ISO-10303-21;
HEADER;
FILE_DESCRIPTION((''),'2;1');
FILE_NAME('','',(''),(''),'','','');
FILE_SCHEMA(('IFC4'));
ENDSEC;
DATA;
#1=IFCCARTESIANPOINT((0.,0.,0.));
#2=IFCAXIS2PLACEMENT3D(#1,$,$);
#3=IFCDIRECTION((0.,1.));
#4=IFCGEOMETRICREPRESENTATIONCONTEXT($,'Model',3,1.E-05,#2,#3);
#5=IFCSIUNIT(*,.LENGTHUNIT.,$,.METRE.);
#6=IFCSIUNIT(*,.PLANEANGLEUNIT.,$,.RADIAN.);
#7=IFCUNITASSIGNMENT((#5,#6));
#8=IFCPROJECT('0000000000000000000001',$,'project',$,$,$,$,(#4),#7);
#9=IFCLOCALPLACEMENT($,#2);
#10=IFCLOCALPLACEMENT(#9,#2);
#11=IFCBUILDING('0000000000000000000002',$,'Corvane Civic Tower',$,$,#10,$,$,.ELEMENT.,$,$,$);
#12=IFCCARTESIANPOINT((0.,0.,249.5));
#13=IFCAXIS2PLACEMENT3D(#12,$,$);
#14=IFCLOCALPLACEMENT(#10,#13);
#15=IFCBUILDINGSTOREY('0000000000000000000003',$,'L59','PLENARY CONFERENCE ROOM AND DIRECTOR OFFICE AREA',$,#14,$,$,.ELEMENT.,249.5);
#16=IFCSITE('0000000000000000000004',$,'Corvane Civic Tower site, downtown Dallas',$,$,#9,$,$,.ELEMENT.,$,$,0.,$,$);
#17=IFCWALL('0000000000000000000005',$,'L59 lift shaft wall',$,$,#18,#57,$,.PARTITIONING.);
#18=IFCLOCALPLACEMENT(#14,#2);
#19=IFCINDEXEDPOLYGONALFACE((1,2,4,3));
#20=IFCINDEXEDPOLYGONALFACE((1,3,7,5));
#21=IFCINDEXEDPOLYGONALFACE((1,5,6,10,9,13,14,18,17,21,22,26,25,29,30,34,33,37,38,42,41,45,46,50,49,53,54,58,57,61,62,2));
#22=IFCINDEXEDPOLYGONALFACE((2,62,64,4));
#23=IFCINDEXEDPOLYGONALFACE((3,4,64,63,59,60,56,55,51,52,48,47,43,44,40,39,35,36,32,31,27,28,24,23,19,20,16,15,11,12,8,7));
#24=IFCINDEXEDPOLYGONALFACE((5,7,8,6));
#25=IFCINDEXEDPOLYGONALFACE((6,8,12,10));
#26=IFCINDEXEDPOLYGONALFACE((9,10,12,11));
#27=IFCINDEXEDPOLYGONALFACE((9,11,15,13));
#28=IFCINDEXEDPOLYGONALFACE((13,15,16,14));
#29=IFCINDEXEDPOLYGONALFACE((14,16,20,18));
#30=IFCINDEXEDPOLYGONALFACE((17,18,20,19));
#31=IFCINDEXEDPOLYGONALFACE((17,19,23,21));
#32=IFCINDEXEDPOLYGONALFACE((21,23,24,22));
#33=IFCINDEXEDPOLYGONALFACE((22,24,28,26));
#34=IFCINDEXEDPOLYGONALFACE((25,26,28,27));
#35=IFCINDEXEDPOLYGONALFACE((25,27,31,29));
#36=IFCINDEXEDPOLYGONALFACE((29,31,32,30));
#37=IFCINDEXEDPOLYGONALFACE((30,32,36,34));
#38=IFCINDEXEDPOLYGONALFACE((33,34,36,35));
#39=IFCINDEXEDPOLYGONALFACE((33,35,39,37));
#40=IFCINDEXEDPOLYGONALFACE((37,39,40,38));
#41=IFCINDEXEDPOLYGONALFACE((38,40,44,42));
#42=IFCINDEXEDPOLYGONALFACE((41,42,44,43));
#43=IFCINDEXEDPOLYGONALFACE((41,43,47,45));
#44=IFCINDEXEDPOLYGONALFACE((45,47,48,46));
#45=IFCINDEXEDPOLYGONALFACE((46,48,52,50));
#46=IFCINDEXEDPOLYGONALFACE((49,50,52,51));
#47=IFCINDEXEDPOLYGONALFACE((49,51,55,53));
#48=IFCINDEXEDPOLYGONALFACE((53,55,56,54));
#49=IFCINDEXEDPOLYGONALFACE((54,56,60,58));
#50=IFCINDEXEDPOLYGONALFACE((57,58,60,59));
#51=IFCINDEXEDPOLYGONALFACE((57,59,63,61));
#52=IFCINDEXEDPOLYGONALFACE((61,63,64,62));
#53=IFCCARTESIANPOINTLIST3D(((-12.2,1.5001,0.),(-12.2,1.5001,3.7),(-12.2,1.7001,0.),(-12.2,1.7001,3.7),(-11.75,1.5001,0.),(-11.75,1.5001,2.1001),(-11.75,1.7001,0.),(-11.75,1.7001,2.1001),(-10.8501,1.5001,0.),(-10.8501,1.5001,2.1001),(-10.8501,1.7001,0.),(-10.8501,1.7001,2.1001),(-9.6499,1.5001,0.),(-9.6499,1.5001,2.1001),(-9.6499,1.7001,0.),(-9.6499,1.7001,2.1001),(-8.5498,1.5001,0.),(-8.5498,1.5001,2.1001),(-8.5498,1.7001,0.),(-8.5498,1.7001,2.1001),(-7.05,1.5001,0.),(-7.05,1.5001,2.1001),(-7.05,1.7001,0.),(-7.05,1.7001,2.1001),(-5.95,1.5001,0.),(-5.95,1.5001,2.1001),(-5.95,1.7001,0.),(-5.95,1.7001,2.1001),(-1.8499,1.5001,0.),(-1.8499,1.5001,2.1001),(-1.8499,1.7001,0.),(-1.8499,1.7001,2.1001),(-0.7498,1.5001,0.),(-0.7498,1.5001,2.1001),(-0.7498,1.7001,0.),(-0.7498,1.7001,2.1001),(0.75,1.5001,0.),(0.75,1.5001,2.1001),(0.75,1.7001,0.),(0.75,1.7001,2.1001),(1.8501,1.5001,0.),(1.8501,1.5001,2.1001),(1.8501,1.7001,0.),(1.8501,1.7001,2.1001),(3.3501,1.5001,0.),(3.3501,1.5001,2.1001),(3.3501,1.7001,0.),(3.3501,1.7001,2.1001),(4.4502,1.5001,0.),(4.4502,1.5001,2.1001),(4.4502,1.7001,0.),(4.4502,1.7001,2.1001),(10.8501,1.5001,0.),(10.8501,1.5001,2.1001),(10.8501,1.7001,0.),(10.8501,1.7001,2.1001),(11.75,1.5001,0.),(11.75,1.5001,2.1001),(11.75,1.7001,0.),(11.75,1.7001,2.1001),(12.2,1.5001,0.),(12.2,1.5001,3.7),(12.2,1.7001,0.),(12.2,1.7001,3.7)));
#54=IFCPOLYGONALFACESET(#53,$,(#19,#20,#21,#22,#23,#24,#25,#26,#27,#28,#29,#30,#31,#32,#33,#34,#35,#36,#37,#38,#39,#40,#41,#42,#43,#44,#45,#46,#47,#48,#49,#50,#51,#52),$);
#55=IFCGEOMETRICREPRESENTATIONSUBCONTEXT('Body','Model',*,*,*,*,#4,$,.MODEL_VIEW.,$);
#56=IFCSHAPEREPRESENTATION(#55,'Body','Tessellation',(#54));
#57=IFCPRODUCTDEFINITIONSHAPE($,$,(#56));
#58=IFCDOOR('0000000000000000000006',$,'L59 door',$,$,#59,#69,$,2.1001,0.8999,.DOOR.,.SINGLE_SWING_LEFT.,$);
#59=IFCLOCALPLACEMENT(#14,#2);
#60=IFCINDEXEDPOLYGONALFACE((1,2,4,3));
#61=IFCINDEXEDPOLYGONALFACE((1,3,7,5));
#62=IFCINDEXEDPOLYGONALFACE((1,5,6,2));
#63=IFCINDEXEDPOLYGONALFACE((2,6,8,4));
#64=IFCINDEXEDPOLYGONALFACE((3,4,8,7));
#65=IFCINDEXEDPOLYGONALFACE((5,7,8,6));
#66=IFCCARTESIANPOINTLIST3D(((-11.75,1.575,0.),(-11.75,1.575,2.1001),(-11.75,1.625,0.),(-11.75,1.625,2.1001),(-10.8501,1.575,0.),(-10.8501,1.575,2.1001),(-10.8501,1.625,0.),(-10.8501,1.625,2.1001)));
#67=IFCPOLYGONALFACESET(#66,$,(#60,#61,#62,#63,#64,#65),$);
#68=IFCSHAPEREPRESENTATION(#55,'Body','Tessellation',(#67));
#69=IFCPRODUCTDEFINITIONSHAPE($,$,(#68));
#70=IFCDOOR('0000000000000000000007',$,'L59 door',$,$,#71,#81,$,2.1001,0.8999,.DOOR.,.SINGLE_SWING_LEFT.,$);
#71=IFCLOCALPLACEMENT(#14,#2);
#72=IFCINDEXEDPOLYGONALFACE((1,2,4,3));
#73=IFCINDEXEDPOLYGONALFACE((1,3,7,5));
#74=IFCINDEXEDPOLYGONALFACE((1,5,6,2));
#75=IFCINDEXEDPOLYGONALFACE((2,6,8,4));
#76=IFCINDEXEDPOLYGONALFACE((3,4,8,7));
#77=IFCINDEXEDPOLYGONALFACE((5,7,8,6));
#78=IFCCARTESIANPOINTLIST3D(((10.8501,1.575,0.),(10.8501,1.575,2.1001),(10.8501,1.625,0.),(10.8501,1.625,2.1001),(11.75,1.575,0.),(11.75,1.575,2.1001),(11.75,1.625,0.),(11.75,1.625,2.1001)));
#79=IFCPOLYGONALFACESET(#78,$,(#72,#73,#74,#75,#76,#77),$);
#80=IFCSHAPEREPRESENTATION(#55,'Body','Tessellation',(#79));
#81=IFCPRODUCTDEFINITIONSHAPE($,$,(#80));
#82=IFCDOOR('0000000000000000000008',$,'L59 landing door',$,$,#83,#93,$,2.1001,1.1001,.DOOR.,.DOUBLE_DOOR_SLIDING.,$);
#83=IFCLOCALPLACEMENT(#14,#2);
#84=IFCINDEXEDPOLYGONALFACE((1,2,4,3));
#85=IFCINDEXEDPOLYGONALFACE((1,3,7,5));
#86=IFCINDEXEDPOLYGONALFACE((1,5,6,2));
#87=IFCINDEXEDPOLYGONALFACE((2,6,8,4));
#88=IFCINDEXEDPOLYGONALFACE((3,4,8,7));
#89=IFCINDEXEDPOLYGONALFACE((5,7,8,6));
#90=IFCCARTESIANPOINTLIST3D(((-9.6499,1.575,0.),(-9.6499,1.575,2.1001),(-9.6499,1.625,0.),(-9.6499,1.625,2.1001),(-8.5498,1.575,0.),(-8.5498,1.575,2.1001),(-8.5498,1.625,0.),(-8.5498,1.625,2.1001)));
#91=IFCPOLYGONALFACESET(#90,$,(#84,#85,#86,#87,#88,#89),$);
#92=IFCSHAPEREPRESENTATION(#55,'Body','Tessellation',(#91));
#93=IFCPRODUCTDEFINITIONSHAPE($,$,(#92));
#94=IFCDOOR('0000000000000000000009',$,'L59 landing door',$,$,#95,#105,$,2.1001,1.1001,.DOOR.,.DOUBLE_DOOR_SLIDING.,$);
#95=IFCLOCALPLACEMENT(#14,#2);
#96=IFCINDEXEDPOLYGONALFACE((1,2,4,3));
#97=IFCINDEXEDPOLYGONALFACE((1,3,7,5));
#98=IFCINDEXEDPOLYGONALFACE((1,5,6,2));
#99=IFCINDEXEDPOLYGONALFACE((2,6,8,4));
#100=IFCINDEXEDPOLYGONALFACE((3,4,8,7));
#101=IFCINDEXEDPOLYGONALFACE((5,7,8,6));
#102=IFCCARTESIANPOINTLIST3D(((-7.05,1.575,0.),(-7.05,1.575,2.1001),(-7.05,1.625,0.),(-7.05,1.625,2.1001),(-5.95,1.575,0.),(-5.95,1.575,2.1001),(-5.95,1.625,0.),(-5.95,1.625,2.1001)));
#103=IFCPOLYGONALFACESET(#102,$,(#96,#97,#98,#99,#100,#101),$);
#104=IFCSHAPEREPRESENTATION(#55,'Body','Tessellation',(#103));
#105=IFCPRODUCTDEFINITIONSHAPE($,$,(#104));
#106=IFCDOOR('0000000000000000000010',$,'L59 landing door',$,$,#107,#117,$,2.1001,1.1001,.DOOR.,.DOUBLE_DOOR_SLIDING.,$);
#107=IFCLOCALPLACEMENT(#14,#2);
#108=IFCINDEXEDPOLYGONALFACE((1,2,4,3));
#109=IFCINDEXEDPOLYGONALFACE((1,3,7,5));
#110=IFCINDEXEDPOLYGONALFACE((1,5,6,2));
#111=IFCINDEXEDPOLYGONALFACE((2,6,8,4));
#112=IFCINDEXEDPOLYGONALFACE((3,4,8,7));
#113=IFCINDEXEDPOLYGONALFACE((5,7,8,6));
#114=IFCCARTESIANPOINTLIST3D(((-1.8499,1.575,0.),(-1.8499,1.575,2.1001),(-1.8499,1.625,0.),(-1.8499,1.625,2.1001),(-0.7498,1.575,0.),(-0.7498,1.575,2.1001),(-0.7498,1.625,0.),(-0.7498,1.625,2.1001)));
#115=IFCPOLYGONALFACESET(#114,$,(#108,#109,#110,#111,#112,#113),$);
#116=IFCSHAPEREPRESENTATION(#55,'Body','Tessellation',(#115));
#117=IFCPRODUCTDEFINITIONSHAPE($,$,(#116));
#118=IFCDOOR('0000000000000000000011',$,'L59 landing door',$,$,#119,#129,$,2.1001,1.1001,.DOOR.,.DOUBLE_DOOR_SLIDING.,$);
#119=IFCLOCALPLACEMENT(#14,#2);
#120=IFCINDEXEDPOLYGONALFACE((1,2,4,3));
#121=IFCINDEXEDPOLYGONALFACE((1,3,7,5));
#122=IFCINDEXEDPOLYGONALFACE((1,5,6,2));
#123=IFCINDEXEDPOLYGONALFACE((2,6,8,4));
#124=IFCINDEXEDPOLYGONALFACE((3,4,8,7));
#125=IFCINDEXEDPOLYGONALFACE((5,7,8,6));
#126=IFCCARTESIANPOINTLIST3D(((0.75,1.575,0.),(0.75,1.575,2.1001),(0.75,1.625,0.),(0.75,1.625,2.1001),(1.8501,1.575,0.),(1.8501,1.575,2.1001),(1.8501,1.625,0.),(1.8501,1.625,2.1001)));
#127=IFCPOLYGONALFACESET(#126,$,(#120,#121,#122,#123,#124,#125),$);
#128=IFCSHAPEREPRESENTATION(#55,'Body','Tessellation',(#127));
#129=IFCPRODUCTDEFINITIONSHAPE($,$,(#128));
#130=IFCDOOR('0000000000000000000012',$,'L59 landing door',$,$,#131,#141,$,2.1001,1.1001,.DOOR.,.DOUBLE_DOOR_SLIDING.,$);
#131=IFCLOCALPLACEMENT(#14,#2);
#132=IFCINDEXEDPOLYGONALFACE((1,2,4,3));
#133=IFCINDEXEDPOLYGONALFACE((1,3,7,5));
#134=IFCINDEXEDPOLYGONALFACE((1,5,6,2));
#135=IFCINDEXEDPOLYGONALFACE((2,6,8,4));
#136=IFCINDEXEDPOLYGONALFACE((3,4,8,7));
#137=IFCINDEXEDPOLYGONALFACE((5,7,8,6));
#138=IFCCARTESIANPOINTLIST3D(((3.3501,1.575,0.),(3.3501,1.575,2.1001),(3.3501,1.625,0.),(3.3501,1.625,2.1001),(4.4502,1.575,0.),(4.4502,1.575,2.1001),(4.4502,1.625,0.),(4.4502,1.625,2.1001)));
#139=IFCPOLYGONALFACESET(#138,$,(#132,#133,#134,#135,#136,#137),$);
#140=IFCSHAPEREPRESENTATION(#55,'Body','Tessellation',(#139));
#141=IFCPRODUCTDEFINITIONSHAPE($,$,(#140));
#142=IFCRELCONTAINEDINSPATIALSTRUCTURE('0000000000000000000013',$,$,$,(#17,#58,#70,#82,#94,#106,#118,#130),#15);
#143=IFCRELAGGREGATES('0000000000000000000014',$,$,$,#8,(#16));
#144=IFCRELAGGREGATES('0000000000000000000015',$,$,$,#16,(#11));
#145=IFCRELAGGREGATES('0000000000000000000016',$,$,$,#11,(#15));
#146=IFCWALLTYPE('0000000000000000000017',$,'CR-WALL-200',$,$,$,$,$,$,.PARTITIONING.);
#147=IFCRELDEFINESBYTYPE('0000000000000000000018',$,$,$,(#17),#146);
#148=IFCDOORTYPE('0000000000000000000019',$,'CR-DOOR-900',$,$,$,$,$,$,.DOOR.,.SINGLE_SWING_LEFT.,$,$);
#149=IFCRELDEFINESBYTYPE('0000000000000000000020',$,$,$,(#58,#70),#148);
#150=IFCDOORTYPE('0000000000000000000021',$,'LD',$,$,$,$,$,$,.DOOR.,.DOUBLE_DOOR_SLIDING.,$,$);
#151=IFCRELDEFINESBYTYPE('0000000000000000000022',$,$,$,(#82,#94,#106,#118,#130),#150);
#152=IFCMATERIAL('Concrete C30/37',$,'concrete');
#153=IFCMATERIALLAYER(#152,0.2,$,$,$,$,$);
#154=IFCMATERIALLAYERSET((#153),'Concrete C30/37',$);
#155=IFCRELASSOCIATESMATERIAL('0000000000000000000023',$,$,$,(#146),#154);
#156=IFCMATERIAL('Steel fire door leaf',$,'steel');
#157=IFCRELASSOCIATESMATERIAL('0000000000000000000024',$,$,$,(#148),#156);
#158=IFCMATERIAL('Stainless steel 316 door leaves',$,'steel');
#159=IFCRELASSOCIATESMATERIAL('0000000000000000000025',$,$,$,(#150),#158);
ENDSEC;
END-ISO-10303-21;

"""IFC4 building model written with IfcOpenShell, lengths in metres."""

from ifc_helpers import new_model, si_unit, direction, frame, frame_2d, origin, place, context, subcontext, project, spatial, rectangle, extrude, material, layer, layer_set, type_object, element, fill, save


model = new_model("IFC4")

# Units and contexts
model_context = context("Model", 3, precision=1e-05, world=origin(), true_north=direction((0.0, 1.0)))
body_context = subcontext(model_context, "Body", "Model", "MODEL_VIEW")
ifc_project = project(units=[si_unit("LENGTHUNIT", "METRE"), si_unit("PLANEANGLEUNIT", "RADIAN")], contexts=[model_context])

# Site, building, storey
site_placement = place(None, origin())
site = spatial("IfcSite", under=ifc_project, at=site_placement, Name="Corvane Civic Tower site, downtown Dallas", CompositionType="ELEMENT", RefElevation=0.0)
building_placement = place(site_placement, origin())
building = spatial("IfcBuilding", under=site, at=building_placement, Name="Corvane Civic Tower", CompositionType="ELEMENT")
storey_placement = place(building_placement, frame((0.0, 0.0, 249.5)))
storey = spatial("IfcBuildingStorey", under=building, at=storey_placement, Name="L59", Description="PLENARY CONFERENCE ROOM AND DIRECTOR OFFICE AREA", CompositionType="ELEMENT", Elevation=249.5)

# Wall, openings, doors
ifc_material_1 = material(Name="Concrete C30/37", Category="concrete")
ifc_layer_1 = layer(ifc_material_1, 0.2)
ifc_layer_set_1 = layer_set([ifc_layer_1], Name="Concrete C30/37")
wall_type_1 = type_object("IfcWallType", Name="CR-WALL-200", PredefinedType="PARTITIONING", material=ifc_layer_set_1)
wall_1_placement = place(storey_placement, frame((-12.2, 1.6001, 0.0), z_axis=(0.0, 0.0, 1.0), x_axis=(1.0, 0.0, 0.0)))
wall_1 = element("IfcWall", 1, at=wall_1_placement, inside=storey, type_object=wall_type_1, Name="L59 lift shaft wall", PredefinedType="PARTITIONING", context=body_context, shape_type="SweptSolid", body=[
    extrude(rectangle(XDim=24.3999, YDim=0.2, at=frame_2d((12.2, 0.0))), origin(), (0.0, 0.0, 1.0), 3.7),
])
opening_1_placement = place(wall_1_placement, frame((2.55, 0.0, 0.0)))
opening_1 = element("IfcOpeningElement", 2, at=opening_1_placement, cuts=wall_1, PredefinedType="OPENING", context=body_context, shape_type="SweptSolid", body=[
    extrude(rectangle(XDim=1.1001, YDim=2.1001, at=frame_2d((0.55, 1.05))), frame((0.0, 0.1099, 0.0), z_axis=(0.0, -1.0, 0.0), x_axis=(1.0, 0.0, 0.0)), (0.0, 0.0, 1.0), 0.22),
])
opening_2_placement = place(wall_1_placement, frame((5.1499, 0.0, 0.0)))
opening_2 = element("IfcOpeningElement", 3, at=opening_2_placement, cuts=wall_1, PredefinedType="OPENING", context=body_context, shape_type="SweptSolid", body=[
    extrude(rectangle(XDim=1.1001, YDim=2.1001, at=frame_2d((0.55, 1.05))), frame((0.0, 0.1099, 0.0), z_axis=(0.0, -1.0, 0.0), x_axis=(1.0, 0.0, 0.0)), (0.0, 0.0, 1.0), 0.22),
])
opening_3_placement = place(wall_1_placement, frame((10.3501, 0.0, 0.0)))
opening_3 = element("IfcOpeningElement", 4, at=opening_3_placement, cuts=wall_1, PredefinedType="OPENING", context=body_context, shape_type="SweptSolid", body=[
    extrude(rectangle(XDim=1.1001, YDim=2.1001, at=frame_2d((0.55, 1.05))), frame((0.0, 0.1099, 0.0), z_axis=(0.0, -1.0, 0.0), x_axis=(1.0, 0.0, 0.0)), (0.0, 0.0, 1.0), 0.22),
])
opening_4_placement = place(wall_1_placement, frame((12.95, 0.0, 0.0)))
opening_4 = element("IfcOpeningElement", 5, at=opening_4_placement, cuts=wall_1, PredefinedType="OPENING", context=body_context, shape_type="SweptSolid", body=[
    extrude(rectangle(XDim=1.1001, YDim=2.1001, at=frame_2d((0.55, 1.05))), frame((0.0, 0.1099, 0.0), z_axis=(0.0, -1.0, 0.0), x_axis=(1.0, 0.0, 0.0)), (0.0, 0.0, 1.0), 0.22),
])
opening_5_placement = place(wall_1_placement, frame((15.55, 0.0, 0.0)))
opening_5 = element("IfcOpeningElement", 6, at=opening_5_placement, cuts=wall_1, PredefinedType="OPENING", context=body_context, shape_type="SweptSolid", body=[
    extrude(rectangle(XDim=1.1001, YDim=2.1001, at=frame_2d((0.55, 1.05))), frame((0.0, 0.1099, 0.0), z_axis=(0.0, -1.0, 0.0), x_axis=(1.0, 0.0, 0.0)), (0.0, 0.0, 1.0), 0.22),
])
opening_6_placement = place(wall_1_placement, frame((0.45, 0.0, 0.0)))
opening_6 = element("IfcOpeningElement", 7, at=opening_6_placement, cuts=wall_1, PredefinedType="OPENING", context=body_context, shape_type="SweptSolid", body=[
    extrude(rectangle(XDim=0.8999, YDim=2.1001, at=frame_2d((0.45, 1.05))), frame((0.0, 0.1099, 0.0), z_axis=(0.0, -1.0, 0.0), x_axis=(1.0, 0.0, 0.0)), (0.0, 0.0, 1.0), 0.22),
])
opening_7_placement = place(wall_1_placement, frame((23.05, 0.0, 0.0)))
opening_7 = element("IfcOpeningElement", 8, at=opening_7_placement, cuts=wall_1, PredefinedType="OPENING", context=body_context, shape_type="SweptSolid", body=[
    extrude(rectangle(XDim=0.8999, YDim=2.1001, at=frame_2d((0.45, 1.05))), frame((0.0, 0.1099, 0.0), z_axis=(0.0, -1.0, 0.0), x_axis=(1.0, 0.0, 0.0)), (0.0, 0.0, 1.0), 0.22),
])
ifc_material_2 = material(Name="Steel fire door leaf", Category="steel")
door_type_1 = type_object("IfcDoorType", Name="CR-DOOR-900", OperationType="SINGLE_SWING_LEFT", PredefinedType="DOOR", material=ifc_material_2)
door_1_placement = place(opening_6_placement, origin())
door_1 = element("IfcDoor", 9, at=door_1_placement, inside=storey, type_object=door_type_1, Name="L59 door", OperationType="SINGLE_SWING_LEFT", OverallHeight=2.1001, OverallWidth=0.8999, PredefinedType="DOOR", context=body_context, shape_type="SweptSolid", body=[
    extrude(rectangle(XDim=0.8999, YDim=2.1001, at=frame_2d((0.45, 1.05))), frame((0.0, 0.0249, 0.0), z_axis=(0.0, -1.0, 0.0), x_axis=(1.0, 0.0, 0.0)), (0.0, 0.0, 1.0), 0.05),
])
fill(opening_6, door_1)
door_2_placement = place(opening_7_placement, origin())
door_2 = element("IfcDoor", 10, at=door_2_placement, inside=storey, type_object=door_type_1, Name="L59 door", OperationType="SINGLE_SWING_LEFT", OverallHeight=2.1001, OverallWidth=0.8999, PredefinedType="DOOR", context=body_context, shape_type="SweptSolid", body=[
    extrude(rectangle(XDim=0.8999, YDim=2.1001, at=frame_2d((0.45, 1.05))), frame((0.0, 0.0249, 0.0), z_axis=(0.0, -1.0, 0.0), x_axis=(1.0, 0.0, 0.0)), (0.0, 0.0, 1.0), 0.05),
])
fill(opening_7, door_2)
ifc_material_3 = material(Name="Stainless steel 316 door leaves", Category="steel")
door_type_2 = type_object("IfcDoorType", Name="LD", OperationType="DOUBLE_DOOR_SLIDING", PredefinedType="DOOR", material=ifc_material_3)
door_3_placement = place(opening_1_placement, origin())
door_3 = element("IfcDoor", 11, at=door_3_placement, inside=storey, type_object=door_type_2, Name="L59 landing door", OperationType="DOUBLE_DOOR_SLIDING", OverallHeight=2.1001, OverallWidth=1.1001, PredefinedType="DOOR", context=body_context, shape_type="SweptSolid", body=[
    extrude(rectangle(XDim=1.1001, YDim=2.1001, at=frame_2d((0.55, 1.05))), frame((0.0, 0.0249, 0.0), z_axis=(0.0, -1.0, 0.0), x_axis=(1.0, 0.0, 0.0)), (0.0, 0.0, 1.0), 0.05),
])
fill(opening_1, door_3)
door_4_placement = place(opening_2_placement, origin())
door_4 = element("IfcDoor", 12, at=door_4_placement, inside=storey, type_object=door_type_2, Name="L59 landing door", OperationType="DOUBLE_DOOR_SLIDING", OverallHeight=2.1001, OverallWidth=1.1001, PredefinedType="DOOR", context=body_context, shape_type="SweptSolid", body=[
    extrude(rectangle(XDim=1.1001, YDim=2.1001, at=frame_2d((0.55, 1.05))), frame((0.0, 0.0249, 0.0), z_axis=(0.0, -1.0, 0.0), x_axis=(1.0, 0.0, 0.0)), (0.0, 0.0, 1.0), 0.05),
])
fill(opening_2, door_4)
door_5_placement = place(opening_3_placement, origin())
door_5 = element("IfcDoor", 13, at=door_5_placement, inside=storey, type_object=door_type_2, Name="L59 landing door", OperationType="DOUBLE_DOOR_SLIDING", OverallHeight=2.1001, OverallWidth=1.1001, PredefinedType="DOOR", context=body_context, shape_type="SweptSolid", body=[
    extrude(rectangle(XDim=1.1001, YDim=2.1001, at=frame_2d((0.55, 1.05))), frame((0.0, 0.0249, 0.0), z_axis=(0.0, -1.0, 0.0), x_axis=(1.0, 0.0, 0.0)), (0.0, 0.0, 1.0), 0.05),
])
fill(opening_3, door_5)
door_6_placement = place(opening_4_placement, origin())
door_6 = element("IfcDoor", 14, at=door_6_placement, inside=storey, type_object=door_type_2, Name="L59 landing door", OperationType="DOUBLE_DOOR_SLIDING", OverallHeight=2.1001, OverallWidth=1.1001, PredefinedType="DOOR", context=body_context, shape_type="SweptSolid", body=[
    extrude(rectangle(XDim=1.1001, YDim=2.1001, at=frame_2d((0.55, 1.05))), frame((0.0, 0.0249, 0.0), z_axis=(0.0, -1.0, 0.0), x_axis=(1.0, 0.0, 0.0)), (0.0, 0.0, 1.0), 0.05),
])
fill(opening_4, door_6)
door_7_placement = place(opening_5_placement, origin())
door_7 = element("IfcDoor", 15, at=door_7_placement, inside=storey, type_object=door_type_2, Name="L59 landing door", OperationType="DOUBLE_DOOR_SLIDING", OverallHeight=2.1001, OverallWidth=1.1001, PredefinedType="DOOR", context=body_context, shape_type="SweptSolid", body=[
    extrude(rectangle(XDim=1.1001, YDim=2.1001, at=frame_2d((0.55, 1.05))), frame((0.0, 0.0249, 0.0), z_axis=(0.0, -1.0, 0.0), x_axis=(1.0, 0.0, 0.0)), (0.0, 0.0, 1.0), 0.05),
])
fill(opening_5, door_7)

save(model, "model.ifc")
